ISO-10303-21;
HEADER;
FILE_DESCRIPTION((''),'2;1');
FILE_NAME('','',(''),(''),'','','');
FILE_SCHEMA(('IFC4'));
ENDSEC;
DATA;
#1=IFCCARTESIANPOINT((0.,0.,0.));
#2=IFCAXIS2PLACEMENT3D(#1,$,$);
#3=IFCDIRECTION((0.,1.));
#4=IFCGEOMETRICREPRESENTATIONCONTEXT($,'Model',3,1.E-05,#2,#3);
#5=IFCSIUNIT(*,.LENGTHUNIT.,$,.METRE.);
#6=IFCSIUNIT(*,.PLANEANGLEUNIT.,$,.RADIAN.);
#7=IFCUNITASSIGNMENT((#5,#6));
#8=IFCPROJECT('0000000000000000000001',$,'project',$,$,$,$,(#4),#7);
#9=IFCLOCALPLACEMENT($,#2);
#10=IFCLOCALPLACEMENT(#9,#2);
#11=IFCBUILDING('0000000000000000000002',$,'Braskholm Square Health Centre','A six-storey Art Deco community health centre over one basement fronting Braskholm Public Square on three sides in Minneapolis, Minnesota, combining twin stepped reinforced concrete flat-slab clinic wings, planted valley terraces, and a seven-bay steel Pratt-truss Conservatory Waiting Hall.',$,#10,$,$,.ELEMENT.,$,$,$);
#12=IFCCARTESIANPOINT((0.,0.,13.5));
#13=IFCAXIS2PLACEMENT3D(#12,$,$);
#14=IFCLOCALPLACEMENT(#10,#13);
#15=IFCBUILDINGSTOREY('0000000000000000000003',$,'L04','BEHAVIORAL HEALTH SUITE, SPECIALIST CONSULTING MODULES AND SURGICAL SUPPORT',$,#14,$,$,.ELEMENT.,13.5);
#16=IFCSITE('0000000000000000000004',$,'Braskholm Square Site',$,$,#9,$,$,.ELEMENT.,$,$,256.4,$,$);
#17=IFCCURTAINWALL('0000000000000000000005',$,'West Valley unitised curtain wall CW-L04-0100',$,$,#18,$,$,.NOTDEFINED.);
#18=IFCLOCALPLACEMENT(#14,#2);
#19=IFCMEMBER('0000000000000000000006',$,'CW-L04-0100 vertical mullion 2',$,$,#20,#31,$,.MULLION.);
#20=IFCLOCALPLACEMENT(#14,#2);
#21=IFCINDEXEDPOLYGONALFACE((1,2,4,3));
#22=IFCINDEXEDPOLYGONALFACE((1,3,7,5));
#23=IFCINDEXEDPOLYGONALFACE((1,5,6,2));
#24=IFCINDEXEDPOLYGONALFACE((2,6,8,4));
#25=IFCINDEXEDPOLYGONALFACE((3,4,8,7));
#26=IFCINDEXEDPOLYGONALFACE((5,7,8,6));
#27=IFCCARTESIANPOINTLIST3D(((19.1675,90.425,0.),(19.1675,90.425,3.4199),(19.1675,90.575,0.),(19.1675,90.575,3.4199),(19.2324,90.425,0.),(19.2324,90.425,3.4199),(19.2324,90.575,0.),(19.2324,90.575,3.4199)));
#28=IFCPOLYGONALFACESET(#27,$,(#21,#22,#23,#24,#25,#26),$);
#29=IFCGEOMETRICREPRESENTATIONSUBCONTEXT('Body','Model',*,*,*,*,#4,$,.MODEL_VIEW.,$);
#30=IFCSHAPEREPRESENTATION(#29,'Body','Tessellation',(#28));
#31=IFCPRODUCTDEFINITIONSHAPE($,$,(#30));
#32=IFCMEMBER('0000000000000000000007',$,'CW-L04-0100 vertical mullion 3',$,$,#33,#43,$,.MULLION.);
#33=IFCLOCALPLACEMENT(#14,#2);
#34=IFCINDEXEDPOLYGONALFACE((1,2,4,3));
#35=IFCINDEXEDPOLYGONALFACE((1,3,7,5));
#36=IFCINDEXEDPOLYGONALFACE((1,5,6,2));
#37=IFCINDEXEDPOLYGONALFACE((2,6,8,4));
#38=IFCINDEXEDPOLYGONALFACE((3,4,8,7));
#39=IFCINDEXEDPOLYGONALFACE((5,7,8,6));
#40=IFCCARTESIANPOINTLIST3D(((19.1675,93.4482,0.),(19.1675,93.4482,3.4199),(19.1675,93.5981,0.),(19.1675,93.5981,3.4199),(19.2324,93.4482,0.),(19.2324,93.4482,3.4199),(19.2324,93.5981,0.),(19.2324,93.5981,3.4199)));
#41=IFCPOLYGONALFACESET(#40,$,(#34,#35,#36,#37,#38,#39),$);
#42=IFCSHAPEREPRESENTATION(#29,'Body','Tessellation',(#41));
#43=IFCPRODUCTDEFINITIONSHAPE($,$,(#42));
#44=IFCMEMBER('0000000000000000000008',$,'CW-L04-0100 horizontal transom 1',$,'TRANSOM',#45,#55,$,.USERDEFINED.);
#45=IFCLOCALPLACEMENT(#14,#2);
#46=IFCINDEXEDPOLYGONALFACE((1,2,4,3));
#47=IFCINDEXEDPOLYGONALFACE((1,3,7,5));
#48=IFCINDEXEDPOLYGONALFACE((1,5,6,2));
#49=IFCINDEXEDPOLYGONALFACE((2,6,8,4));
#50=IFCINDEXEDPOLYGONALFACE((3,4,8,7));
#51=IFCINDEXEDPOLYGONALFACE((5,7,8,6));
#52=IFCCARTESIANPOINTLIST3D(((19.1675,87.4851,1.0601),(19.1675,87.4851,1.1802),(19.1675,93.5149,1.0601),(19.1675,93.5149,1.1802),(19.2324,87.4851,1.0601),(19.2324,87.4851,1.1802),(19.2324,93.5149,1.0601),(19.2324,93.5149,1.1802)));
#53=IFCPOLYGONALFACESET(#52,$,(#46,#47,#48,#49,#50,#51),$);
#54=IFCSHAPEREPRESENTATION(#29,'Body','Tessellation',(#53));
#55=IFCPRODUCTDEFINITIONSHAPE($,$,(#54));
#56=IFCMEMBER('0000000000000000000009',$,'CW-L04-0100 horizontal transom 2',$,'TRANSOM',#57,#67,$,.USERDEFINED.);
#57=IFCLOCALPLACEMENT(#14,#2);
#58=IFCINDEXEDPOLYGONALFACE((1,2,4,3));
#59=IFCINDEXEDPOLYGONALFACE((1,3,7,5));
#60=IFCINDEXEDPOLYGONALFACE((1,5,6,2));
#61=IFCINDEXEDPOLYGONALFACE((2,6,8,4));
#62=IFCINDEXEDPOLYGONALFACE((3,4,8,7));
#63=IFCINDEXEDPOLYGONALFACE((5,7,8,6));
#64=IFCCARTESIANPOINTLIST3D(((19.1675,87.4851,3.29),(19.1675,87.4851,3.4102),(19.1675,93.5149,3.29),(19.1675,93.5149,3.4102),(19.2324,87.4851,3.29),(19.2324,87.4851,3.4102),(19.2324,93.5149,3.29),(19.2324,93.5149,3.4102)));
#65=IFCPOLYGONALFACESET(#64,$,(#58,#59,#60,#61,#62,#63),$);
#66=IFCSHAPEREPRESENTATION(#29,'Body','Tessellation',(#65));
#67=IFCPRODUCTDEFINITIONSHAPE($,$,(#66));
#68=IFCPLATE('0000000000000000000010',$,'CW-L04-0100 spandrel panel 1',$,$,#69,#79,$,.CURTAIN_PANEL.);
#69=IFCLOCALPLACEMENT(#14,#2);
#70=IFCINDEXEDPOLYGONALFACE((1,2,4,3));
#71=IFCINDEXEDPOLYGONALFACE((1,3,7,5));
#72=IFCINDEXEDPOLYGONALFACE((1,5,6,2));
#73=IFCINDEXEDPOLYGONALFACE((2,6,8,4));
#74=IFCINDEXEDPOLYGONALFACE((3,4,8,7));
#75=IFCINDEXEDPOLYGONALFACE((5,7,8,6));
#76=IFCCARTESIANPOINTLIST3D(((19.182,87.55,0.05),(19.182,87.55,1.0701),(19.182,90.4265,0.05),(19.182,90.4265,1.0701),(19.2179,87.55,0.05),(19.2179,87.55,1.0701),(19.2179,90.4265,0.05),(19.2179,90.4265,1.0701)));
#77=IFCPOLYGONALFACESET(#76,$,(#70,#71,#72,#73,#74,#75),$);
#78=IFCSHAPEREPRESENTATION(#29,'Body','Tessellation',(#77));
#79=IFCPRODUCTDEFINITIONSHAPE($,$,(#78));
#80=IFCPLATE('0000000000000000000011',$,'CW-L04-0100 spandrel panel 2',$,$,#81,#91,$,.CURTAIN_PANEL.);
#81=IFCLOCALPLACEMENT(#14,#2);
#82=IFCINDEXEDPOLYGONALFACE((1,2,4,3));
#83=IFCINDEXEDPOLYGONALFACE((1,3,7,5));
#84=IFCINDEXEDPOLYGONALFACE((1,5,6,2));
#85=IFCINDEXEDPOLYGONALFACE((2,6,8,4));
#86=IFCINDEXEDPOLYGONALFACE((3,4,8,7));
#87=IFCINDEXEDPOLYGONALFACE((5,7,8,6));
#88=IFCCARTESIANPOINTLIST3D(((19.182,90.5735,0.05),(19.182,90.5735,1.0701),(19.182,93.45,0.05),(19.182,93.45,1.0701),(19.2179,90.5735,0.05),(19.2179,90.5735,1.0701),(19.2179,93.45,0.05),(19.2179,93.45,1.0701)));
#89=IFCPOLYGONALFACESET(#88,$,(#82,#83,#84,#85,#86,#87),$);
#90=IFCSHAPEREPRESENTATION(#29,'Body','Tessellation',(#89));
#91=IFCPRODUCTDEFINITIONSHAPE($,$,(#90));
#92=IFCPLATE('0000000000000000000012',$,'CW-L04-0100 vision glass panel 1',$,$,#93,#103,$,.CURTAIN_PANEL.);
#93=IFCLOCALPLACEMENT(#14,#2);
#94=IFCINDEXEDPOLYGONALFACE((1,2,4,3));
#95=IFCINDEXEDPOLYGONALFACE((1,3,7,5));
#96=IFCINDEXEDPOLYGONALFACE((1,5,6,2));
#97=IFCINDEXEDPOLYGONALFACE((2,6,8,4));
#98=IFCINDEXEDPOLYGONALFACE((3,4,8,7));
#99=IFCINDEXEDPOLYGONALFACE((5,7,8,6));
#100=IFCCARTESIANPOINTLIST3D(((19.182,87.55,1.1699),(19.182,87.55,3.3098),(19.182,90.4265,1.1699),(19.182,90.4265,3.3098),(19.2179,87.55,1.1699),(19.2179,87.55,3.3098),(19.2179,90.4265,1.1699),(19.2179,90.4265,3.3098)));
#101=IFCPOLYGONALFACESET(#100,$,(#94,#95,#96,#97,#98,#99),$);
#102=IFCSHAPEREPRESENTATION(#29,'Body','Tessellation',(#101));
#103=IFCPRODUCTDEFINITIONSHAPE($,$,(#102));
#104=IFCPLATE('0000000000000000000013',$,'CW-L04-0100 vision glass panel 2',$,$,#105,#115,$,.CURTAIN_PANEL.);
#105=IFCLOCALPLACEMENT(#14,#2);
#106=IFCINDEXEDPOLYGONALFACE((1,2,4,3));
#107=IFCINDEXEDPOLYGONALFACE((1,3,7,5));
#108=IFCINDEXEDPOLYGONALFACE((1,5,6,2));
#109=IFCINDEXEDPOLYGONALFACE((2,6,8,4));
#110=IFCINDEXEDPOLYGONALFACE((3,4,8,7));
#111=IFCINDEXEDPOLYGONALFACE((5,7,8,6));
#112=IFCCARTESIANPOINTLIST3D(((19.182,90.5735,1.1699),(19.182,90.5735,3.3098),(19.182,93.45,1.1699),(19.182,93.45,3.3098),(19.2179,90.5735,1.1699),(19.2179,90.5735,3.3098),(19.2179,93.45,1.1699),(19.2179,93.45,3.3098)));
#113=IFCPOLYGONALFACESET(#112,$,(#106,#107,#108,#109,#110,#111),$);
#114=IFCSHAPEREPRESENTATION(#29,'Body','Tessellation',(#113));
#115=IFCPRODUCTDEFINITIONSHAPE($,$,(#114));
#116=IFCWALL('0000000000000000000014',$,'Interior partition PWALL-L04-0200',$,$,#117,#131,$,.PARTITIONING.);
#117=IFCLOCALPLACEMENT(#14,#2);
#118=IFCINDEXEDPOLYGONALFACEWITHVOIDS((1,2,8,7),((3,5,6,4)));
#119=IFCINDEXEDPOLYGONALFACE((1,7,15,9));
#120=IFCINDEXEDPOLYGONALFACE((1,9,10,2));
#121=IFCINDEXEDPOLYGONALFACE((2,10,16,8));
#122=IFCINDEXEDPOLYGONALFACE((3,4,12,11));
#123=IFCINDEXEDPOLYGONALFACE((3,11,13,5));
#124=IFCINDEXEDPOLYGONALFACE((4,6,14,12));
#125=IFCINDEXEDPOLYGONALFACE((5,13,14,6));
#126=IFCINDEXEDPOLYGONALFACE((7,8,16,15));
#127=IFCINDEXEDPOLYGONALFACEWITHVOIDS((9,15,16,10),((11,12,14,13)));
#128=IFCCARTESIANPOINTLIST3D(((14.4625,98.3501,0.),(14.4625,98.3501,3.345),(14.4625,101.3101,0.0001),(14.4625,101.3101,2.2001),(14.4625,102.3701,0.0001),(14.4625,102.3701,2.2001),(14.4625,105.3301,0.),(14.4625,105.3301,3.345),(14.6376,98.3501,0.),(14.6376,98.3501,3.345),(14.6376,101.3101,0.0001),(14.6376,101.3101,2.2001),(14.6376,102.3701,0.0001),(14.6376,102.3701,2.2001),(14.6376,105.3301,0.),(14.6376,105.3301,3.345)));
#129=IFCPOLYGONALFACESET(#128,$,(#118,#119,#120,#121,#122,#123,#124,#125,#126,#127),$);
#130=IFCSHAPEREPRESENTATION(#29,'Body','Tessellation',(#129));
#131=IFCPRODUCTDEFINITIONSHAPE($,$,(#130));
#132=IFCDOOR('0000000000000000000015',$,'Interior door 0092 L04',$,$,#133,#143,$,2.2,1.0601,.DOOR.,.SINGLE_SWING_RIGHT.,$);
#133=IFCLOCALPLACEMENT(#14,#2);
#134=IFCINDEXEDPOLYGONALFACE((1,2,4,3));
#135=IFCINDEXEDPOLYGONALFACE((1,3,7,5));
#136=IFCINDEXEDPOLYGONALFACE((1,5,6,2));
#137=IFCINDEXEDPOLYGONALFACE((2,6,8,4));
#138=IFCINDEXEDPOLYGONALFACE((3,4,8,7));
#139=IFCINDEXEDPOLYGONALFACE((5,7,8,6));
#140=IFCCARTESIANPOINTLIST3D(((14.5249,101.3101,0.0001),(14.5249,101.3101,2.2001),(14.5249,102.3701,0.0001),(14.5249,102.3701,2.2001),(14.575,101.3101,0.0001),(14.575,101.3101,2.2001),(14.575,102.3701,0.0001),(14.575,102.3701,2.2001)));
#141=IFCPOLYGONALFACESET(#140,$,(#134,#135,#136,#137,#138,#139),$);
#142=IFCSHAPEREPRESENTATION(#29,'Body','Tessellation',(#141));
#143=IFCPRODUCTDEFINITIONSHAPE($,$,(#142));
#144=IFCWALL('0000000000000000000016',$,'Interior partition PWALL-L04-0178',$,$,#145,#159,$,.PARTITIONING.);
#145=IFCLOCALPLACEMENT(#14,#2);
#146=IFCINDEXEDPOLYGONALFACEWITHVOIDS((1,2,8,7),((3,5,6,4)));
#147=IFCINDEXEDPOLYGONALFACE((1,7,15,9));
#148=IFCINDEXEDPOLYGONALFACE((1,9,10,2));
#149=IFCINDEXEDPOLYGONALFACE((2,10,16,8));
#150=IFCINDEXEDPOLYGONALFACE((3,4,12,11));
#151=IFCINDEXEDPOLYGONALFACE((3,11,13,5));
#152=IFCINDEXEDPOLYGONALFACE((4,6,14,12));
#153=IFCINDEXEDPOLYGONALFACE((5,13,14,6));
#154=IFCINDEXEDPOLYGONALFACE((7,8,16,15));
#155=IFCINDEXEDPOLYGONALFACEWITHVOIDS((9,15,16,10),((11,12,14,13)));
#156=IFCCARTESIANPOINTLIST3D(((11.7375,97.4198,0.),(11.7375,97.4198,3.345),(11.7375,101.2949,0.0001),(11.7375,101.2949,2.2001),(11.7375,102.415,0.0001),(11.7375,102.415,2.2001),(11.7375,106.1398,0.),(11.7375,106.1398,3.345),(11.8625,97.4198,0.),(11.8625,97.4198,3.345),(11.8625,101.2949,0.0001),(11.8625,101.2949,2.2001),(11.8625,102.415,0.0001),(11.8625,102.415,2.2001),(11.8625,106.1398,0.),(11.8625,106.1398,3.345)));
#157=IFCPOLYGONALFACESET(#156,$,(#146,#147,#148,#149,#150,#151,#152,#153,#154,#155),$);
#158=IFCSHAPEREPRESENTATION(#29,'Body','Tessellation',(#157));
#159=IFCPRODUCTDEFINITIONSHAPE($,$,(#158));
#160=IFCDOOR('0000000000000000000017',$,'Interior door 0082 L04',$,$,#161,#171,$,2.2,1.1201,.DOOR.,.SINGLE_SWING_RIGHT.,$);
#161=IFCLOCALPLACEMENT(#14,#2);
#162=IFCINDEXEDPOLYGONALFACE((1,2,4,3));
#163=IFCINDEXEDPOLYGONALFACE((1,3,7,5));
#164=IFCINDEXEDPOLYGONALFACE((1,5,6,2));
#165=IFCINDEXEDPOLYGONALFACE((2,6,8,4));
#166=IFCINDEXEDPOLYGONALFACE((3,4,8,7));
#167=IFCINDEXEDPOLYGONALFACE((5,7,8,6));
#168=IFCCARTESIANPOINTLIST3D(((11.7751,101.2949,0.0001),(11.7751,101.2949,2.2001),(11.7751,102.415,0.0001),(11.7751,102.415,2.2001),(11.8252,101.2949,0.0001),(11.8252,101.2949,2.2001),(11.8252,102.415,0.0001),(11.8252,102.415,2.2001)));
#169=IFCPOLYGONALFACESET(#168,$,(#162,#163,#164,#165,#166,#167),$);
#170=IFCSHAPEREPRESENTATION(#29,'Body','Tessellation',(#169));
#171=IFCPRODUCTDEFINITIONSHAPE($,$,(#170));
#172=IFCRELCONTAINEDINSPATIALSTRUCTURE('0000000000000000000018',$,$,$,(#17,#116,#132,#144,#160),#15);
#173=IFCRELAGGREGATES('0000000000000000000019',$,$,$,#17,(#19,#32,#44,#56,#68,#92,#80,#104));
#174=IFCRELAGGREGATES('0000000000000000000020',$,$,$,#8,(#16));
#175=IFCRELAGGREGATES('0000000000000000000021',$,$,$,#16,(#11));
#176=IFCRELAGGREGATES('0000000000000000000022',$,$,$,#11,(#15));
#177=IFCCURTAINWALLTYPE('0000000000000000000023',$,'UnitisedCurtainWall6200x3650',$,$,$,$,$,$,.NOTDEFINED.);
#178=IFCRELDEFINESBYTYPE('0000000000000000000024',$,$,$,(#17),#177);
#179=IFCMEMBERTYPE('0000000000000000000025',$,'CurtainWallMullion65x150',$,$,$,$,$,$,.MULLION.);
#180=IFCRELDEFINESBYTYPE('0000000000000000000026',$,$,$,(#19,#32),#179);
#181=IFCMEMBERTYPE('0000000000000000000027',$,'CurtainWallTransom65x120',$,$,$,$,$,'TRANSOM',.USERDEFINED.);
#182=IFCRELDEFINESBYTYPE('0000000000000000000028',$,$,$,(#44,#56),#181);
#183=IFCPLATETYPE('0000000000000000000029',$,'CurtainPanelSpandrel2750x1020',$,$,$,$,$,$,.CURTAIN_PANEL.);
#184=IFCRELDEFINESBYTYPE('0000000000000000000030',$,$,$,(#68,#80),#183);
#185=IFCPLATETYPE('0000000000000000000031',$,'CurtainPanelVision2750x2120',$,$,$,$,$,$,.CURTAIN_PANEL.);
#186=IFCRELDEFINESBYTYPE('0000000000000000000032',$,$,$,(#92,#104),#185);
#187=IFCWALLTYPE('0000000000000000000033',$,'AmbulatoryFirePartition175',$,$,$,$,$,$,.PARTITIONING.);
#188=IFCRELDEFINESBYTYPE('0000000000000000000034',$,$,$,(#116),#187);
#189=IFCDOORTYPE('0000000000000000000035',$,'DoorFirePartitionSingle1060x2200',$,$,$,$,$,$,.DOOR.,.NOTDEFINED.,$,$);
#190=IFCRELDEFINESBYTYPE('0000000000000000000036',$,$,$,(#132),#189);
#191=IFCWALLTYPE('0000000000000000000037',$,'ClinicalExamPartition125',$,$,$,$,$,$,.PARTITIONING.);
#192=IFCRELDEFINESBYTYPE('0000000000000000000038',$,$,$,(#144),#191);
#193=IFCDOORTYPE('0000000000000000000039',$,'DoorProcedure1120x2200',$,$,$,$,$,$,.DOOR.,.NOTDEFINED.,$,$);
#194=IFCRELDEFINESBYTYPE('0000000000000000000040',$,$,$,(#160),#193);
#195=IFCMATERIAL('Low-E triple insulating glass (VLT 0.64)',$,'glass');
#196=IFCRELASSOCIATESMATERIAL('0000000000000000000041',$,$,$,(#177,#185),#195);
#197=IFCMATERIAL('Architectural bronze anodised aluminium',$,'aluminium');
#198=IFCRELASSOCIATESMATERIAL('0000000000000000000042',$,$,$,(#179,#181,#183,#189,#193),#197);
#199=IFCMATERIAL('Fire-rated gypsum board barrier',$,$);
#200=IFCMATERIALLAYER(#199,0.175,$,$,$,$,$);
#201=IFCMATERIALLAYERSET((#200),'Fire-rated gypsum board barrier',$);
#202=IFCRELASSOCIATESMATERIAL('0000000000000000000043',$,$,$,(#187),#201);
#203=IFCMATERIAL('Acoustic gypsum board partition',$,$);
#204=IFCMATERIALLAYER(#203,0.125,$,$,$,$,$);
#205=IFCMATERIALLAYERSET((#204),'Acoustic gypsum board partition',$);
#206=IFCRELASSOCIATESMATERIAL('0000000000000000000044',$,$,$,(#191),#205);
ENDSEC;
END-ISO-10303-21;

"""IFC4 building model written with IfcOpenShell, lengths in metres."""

from ifc_helpers import new_model, si_unit, direction, frame, frame_2d, origin, origin_with_axes, origin_2d, place, context, subcontext, project, spatial, rectangle, extrude, material, layer, layer_set, material_profile, profile_set, type_object, element, fill, aggregate, save


model = new_model("IFC4")

# Units and contexts
model_context = context("Model", 3, precision=1e-05, world=origin(), true_north=direction((0.0, 1.0)))
body_context = subcontext(model_context, "Body", "Model", "MODEL_VIEW")
ifc_project = project(units=[si_unit("LENGTHUNIT", "METRE"), si_unit("PLANEANGLEUNIT", "RADIAN")], contexts=[model_context])

# Site, building, storey
site_placement = place(None, origin())
site = spatial("IfcSite", under=ifc_project, at=site_placement, Name="Braskholm Square Site", CompositionType="ELEMENT", RefElevation=256.4)
building_placement = place(site_placement, origin())
building = spatial("IfcBuilding", under=site, at=building_placement, Name="Braskholm Square Health Centre", Description="A six-storey Art Deco community health centre over one basement fronting Braskholm Public Square on three sides in Minneapolis, Minnesota, combining twin stepped reinforced concrete flat-slab clinic wings, planted valley terraces, and a seven-bay steel Pratt-truss Conservatory Waiting Hall.", CompositionType="ELEMENT")
storey_placement = place(building_placement, frame((0.0, 0.0, 13.5)))
storey = spatial("IfcBuildingStorey", under=building, at=storey_placement, Name="L04", Description="BEHAVIORAL HEALTH SUITE, SPECIALIST CONSULTING MODULES AND SURGICAL SUPPORT", CompositionType="ELEMENT", Elevation=13.5)

# Curtain wall, members, plates
ifc_material_1 = material(Name="Low-E triple insulating glass (VLT 0.64)", Category="glass")
curtain_wall_type = type_object("IfcCurtainWallType", Name="UnitisedCurtainWall6200x3650", PredefinedType="NOTDEFINED", material=ifc_material_1)
curtain_wall_placement = place(storey_placement, origin())
curtain_wall = element("IfcCurtainWall", 1, at=curtain_wall_placement, inside=storey, type_object=curtain_wall_type, Name="West Valley unitised curtain wall CW-L04-0100", PredefinedType="NOTDEFINED")
ifc_material_2 = material(Name="Architectural bronze anodised aluminium", Category="aluminium")
ifc_material_profile_1 = material_profile(ifc_material_2, rectangle(XDim=0.0649, YDim=0.1499, at=origin_2d()), Name="ALU-65X150")
ifc_profile_set_1 = profile_set([ifc_material_profile_1], Name="Architectural bronze anodised aluminium")
member_type_1 = type_object("IfcMemberType", Name="CurtainWallMullion65x150", PredefinedType="MULLION", material=ifc_profile_set_1)
member_1_placement = place(storey_placement, frame((19.2, 90.5, 0.0), z_axis=(0.0, 0.0, 1.0), x_axis=(1.0, 0.0, 0.0)))
member_1 = element("IfcMember", 2, at=member_1_placement, type_object=member_type_1, Name="CW-L04-0100 vertical mullion 2", PredefinedType="MULLION", context=body_context, shape_type="SweptSolid", body=[
    extrude(rectangle(XDim=0.0649, YDim=0.1499, at=origin_2d()), origin(), (0.0, 0.0, 1.0), 3.4199),
])
member_2_placement = place(storey_placement, frame((19.2, 93.5232, 0.0), z_axis=(0.0, 0.0, 1.0), x_axis=(1.0, 0.0, 0.0)))
member_2 = element("IfcMember", 3, at=member_2_placement, type_object=member_type_1, Name="CW-L04-0100 vertical mullion 3", PredefinedType="MULLION", context=body_context, shape_type="SweptSolid", body=[
    extrude(rectangle(XDim=0.0649, YDim=0.1499, at=origin_2d()), origin(), (0.0, 0.0, 1.0), 3.4199),
])
ifc_material_profile_2 = material_profile(ifc_material_2, rectangle(XDim=0.0649, YDim=0.1201, at=origin_2d()), Name="ALU-65X120")
ifc_profile_set_2 = profile_set([ifc_material_profile_2], Name="Architectural bronze anodised aluminium")
member_type_2 = type_object("IfcMemberType", Name="CurtainWallTransom65x120", ElementType="TRANSOM", PredefinedType="USERDEFINED", material=ifc_profile_set_2)
member_3_placement = place(storey_placement, frame((19.2, 87.4851, 1.1201), z_axis=(0.0, 1.0, 0.0), x_axis=(-1.0, 0.0, 0.0)))
member_3 = element("IfcMember", 4, at=member_3_placement, type_object=member_type_2, Name="CW-L04-0100 horizontal transom 1", ObjectType="TRANSOM", PredefinedType="USERDEFINED", context=body_context, shape_type="SweptSolid", body=[
    extrude(rectangle(XDim=0.0649, YDim=0.1201, at=origin_2d()), origin(), (0.0, 0.0, 1.0), 6.0298),
])
member_4_placement = place(storey_placement, frame((19.2, 87.4851, 3.3501), z_axis=(0.0, 1.0, 0.0), x_axis=(-1.0, 0.0, 0.0)))
member_4 = element("IfcMember", 5, at=member_4_placement, type_object=member_type_2, Name="CW-L04-0100 horizontal transom 2", ObjectType="TRANSOM", PredefinedType="USERDEFINED", context=body_context, shape_type="SweptSolid", body=[
    extrude(rectangle(XDim=0.0649, YDim=0.1201, at=origin_2d()), origin(), (0.0, 0.0, 1.0), 6.0298),
])
plate_type_1 = type_object("IfcPlateType", Name="CurtainPanelSpandrel2750x1020", PredefinedType="CURTAIN_PANEL", material=ifc_material_2)
plate_1_placement = place(storey_placement, frame((19.2, 88.9883, 0.05), z_axis=(0.0, 0.0, 1.0), x_axis=(0.0, 1.0, 0.0)))
plate_1 = element("IfcPlate", 6, at=plate_1_placement, type_object=plate_type_1, Name="CW-L04-0100 spandrel panel 1", PredefinedType="CURTAIN_PANEL", context=body_context, shape_type="SweptSolid", body=[
    extrude(rectangle(XDim=2.8765, YDim=0.0359, at=origin_2d()), origin(), (0.0, 0.0, 1.0), 1.02),
])
plate_2_placement = place(storey_placement, frame((19.2, 92.0117, 0.05), z_axis=(0.0, 0.0, 1.0), x_axis=(0.0, 1.0, 0.0)))
plate_2 = element("IfcPlate", 7, at=plate_2_placement, type_object=plate_type_1, Name="CW-L04-0100 spandrel panel 2", PredefinedType="CURTAIN_PANEL", context=body_context, shape_type="SweptSolid", body=[
    extrude(rectangle(XDim=2.8765, YDim=0.0359, at=origin_2d()), origin(), (0.0, 0.0, 1.0), 1.02),
])
plate_type_2 = type_object("IfcPlateType", Name="CurtainPanelVision2750x2120", PredefinedType="CURTAIN_PANEL", material=ifc_material_1)
plate_3_placement = place(storey_placement, frame((19.2, 88.9883, 1.1699), z_axis=(0.0, 0.0, 1.0), x_axis=(0.0, 1.0, 0.0)))
plate_3 = element("IfcPlate", 8, at=plate_3_placement, type_object=plate_type_2, Name="CW-L04-0100 vision glass panel 1", PredefinedType="CURTAIN_PANEL", context=body_context, shape_type="SweptSolid", body=[
    extrude(rectangle(XDim=2.8765, YDim=0.0359, at=origin_2d()), origin(), (0.0, 0.0, 1.0), 2.1399),
])
plate_4_placement = place(storey_placement, frame((19.2, 92.0117, 1.1699), z_axis=(0.0, 0.0, 1.0), x_axis=(0.0, 1.0, 0.0)))
plate_4 = element("IfcPlate", 9, at=plate_4_placement, type_object=plate_type_2, Name="CW-L04-0100 vision glass panel 2", PredefinedType="CURTAIN_PANEL", context=body_context, shape_type="SweptSolid", body=[
    extrude(rectangle(XDim=2.8765, YDim=0.0359, at=origin_2d()), origin(), (0.0, 0.0, 1.0), 2.1399),
])
aggregate(curtain_wall, [member_1, member_2, member_3, member_4, plate_1, plate_3, plate_2, plate_4])

# Walls, openings, doors
ifc_material_3 = material(Name="Fire-rated gypsum board barrier")
ifc_layer_1 = layer(ifc_material_3, 0.175)
ifc_layer_set_1 = layer_set([ifc_layer_1], Name="Fire-rated gypsum board barrier")
wall_type_1 = type_object("IfcWallType", Name="AmbulatoryFirePartition175", PredefinedType="PARTITIONING", material=ifc_layer_set_1)
wall_1_placement = place(storey_placement, frame((14.55, 98.3501, 0.0), z_axis=(0.0, 0.0, 1.0), x_axis=(0.0, 1.0, 0.0)))
wall_1 = element("IfcWall", 10, at=wall_1_placement, inside=storey, type_object=wall_type_1, Name="Interior partition PWALL-L04-0200", PredefinedType="PARTITIONING", context=body_context, shape_type="SweptSolid", body=[
    extrude(rectangle(XDim=6.98, YDim=0.175, at=frame_2d((3.49, 0.0))), origin(), (0.0, 0.0, 1.0), 3.345),
])
opening_1_placement = place(wall_1_placement, frame((2.96, 0.0, 0.0)))
opening_1 = element("IfcOpeningElement", 11, at=opening_1_placement, cuts=wall_1, PredefinedType="OPENING", context=body_context, shape_type="SweptSolid", body=[
    extrude(rectangle(XDim=1.0601, YDim=2.2, at=frame_2d((0.53, 1.1001))), frame((0.0, 0.0977, 0.0), z_axis=(0.0, -1.0, 0.0), x_axis=(1.0, 0.0, 0.0)), (0.0, 0.0, 1.0), 0.1951),
])
door_type_1 = type_object("IfcDoorType", Name="DoorFirePartitionSingle1060x2200", OperationType="NOTDEFINED", PredefinedType="DOOR", material=ifc_material_2)
door_1_placement = place(opening_1_placement, frame((1.0601, 0.0, 0.0), z_axis=(0.0, 0.0, 1.0), x_axis=(-1.0, 0.0, 0.0)))
door_1 = element("IfcDoor", 12, at=door_1_placement, inside=storey, type_object=door_type_1, Name="Interior door 0092 L04", OperationType="SINGLE_SWING_RIGHT", OverallHeight=2.2, OverallWidth=1.0601, PredefinedType="DOOR", context=body_context, shape_type="SweptSolid", body=[
    extrude(rectangle(XDim=1.0601, YDim=2.2, at=frame_2d((0.53, 1.1001))), frame((0.0, 0.0249, 0.0), z_axis=(0.0, -1.0, 0.0), x_axis=(1.0, 0.0, 0.0)), (0.0, 0.0, 1.0), 0.05),
])
fill(opening_1, door_1)
ifc_material_4 = material(Name="Acoustic gypsum board partition")
ifc_layer_2 = layer(ifc_material_4, 0.125)
ifc_layer_set_2 = layer_set([ifc_layer_2], Name="Acoustic gypsum board partition")
wall_type_2 = type_object("IfcWallType", Name="ClinicalExamPartition125", PredefinedType="PARTITIONING", material=ifc_layer_set_2)
wall_2_placement = place(storey_placement, frame((11.8, 97.4199, 0.0), z_axis=(0.0, 0.0, 1.0), x_axis=(0.0, 1.0, 0.0)))
wall_2 = element("IfcWall", 13, at=wall_2_placement, inside=storey, type_object=wall_type_2, Name="Interior partition PWALL-L04-0178", PredefinedType="PARTITIONING", context=body_context, shape_type="SweptSolid", body=[
    extrude(rectangle(XDim=8.72, YDim=0.125, at=frame_2d((4.3599, 0.0))), origin(), (0.0, 0.0, 1.0), 3.345),
])
opening_2_placement = place(wall_2_placement, frame((3.875, 0.0, 0.0)))
opening_2 = element("IfcOpeningElement", 14, at=opening_2_placement, cuts=wall_2, PredefinedType="OPENING", context=body_context, shape_type="SweptSolid", body=[
    extrude(rectangle(XDim=1.1201, YDim=2.2, at=frame_2d((0.5601, 1.1001))), frame((0.0, 0.0725, 0.0), z_axis=(0.0, -1.0, 0.0), x_axis=(1.0, 0.0, 0.0)), (0.0, 0.0, 1.0), 0.145),
])
door_type_2 = type_object("IfcDoorType", Name="DoorProcedure1120x2200", OperationType="NOTDEFINED", PredefinedType="DOOR", material=ifc_material_2)
door_2_placement = place(opening_2_placement, origin_with_axes())
door_2 = element("IfcDoor", 15, at=door_2_placement, inside=storey, type_object=door_type_2, Name="Interior door 0082 L04", OperationType="SINGLE_SWING_RIGHT", OverallHeight=2.2, OverallWidth=1.1201, PredefinedType="DOOR", context=body_context, shape_type="SweptSolid", body=[
    extrude(rectangle(XDim=1.1201, YDim=2.2, at=frame_2d((0.5601, 1.1001))), frame((0.0, 0.0249, 0.0), z_axis=(0.0, -1.0, 0.0), x_axis=(1.0, 0.0, 0.0)), (0.0, 0.0, 1.0), 0.05),
])
fill(opening_2, door_2)

save(model, "model.ifc")
